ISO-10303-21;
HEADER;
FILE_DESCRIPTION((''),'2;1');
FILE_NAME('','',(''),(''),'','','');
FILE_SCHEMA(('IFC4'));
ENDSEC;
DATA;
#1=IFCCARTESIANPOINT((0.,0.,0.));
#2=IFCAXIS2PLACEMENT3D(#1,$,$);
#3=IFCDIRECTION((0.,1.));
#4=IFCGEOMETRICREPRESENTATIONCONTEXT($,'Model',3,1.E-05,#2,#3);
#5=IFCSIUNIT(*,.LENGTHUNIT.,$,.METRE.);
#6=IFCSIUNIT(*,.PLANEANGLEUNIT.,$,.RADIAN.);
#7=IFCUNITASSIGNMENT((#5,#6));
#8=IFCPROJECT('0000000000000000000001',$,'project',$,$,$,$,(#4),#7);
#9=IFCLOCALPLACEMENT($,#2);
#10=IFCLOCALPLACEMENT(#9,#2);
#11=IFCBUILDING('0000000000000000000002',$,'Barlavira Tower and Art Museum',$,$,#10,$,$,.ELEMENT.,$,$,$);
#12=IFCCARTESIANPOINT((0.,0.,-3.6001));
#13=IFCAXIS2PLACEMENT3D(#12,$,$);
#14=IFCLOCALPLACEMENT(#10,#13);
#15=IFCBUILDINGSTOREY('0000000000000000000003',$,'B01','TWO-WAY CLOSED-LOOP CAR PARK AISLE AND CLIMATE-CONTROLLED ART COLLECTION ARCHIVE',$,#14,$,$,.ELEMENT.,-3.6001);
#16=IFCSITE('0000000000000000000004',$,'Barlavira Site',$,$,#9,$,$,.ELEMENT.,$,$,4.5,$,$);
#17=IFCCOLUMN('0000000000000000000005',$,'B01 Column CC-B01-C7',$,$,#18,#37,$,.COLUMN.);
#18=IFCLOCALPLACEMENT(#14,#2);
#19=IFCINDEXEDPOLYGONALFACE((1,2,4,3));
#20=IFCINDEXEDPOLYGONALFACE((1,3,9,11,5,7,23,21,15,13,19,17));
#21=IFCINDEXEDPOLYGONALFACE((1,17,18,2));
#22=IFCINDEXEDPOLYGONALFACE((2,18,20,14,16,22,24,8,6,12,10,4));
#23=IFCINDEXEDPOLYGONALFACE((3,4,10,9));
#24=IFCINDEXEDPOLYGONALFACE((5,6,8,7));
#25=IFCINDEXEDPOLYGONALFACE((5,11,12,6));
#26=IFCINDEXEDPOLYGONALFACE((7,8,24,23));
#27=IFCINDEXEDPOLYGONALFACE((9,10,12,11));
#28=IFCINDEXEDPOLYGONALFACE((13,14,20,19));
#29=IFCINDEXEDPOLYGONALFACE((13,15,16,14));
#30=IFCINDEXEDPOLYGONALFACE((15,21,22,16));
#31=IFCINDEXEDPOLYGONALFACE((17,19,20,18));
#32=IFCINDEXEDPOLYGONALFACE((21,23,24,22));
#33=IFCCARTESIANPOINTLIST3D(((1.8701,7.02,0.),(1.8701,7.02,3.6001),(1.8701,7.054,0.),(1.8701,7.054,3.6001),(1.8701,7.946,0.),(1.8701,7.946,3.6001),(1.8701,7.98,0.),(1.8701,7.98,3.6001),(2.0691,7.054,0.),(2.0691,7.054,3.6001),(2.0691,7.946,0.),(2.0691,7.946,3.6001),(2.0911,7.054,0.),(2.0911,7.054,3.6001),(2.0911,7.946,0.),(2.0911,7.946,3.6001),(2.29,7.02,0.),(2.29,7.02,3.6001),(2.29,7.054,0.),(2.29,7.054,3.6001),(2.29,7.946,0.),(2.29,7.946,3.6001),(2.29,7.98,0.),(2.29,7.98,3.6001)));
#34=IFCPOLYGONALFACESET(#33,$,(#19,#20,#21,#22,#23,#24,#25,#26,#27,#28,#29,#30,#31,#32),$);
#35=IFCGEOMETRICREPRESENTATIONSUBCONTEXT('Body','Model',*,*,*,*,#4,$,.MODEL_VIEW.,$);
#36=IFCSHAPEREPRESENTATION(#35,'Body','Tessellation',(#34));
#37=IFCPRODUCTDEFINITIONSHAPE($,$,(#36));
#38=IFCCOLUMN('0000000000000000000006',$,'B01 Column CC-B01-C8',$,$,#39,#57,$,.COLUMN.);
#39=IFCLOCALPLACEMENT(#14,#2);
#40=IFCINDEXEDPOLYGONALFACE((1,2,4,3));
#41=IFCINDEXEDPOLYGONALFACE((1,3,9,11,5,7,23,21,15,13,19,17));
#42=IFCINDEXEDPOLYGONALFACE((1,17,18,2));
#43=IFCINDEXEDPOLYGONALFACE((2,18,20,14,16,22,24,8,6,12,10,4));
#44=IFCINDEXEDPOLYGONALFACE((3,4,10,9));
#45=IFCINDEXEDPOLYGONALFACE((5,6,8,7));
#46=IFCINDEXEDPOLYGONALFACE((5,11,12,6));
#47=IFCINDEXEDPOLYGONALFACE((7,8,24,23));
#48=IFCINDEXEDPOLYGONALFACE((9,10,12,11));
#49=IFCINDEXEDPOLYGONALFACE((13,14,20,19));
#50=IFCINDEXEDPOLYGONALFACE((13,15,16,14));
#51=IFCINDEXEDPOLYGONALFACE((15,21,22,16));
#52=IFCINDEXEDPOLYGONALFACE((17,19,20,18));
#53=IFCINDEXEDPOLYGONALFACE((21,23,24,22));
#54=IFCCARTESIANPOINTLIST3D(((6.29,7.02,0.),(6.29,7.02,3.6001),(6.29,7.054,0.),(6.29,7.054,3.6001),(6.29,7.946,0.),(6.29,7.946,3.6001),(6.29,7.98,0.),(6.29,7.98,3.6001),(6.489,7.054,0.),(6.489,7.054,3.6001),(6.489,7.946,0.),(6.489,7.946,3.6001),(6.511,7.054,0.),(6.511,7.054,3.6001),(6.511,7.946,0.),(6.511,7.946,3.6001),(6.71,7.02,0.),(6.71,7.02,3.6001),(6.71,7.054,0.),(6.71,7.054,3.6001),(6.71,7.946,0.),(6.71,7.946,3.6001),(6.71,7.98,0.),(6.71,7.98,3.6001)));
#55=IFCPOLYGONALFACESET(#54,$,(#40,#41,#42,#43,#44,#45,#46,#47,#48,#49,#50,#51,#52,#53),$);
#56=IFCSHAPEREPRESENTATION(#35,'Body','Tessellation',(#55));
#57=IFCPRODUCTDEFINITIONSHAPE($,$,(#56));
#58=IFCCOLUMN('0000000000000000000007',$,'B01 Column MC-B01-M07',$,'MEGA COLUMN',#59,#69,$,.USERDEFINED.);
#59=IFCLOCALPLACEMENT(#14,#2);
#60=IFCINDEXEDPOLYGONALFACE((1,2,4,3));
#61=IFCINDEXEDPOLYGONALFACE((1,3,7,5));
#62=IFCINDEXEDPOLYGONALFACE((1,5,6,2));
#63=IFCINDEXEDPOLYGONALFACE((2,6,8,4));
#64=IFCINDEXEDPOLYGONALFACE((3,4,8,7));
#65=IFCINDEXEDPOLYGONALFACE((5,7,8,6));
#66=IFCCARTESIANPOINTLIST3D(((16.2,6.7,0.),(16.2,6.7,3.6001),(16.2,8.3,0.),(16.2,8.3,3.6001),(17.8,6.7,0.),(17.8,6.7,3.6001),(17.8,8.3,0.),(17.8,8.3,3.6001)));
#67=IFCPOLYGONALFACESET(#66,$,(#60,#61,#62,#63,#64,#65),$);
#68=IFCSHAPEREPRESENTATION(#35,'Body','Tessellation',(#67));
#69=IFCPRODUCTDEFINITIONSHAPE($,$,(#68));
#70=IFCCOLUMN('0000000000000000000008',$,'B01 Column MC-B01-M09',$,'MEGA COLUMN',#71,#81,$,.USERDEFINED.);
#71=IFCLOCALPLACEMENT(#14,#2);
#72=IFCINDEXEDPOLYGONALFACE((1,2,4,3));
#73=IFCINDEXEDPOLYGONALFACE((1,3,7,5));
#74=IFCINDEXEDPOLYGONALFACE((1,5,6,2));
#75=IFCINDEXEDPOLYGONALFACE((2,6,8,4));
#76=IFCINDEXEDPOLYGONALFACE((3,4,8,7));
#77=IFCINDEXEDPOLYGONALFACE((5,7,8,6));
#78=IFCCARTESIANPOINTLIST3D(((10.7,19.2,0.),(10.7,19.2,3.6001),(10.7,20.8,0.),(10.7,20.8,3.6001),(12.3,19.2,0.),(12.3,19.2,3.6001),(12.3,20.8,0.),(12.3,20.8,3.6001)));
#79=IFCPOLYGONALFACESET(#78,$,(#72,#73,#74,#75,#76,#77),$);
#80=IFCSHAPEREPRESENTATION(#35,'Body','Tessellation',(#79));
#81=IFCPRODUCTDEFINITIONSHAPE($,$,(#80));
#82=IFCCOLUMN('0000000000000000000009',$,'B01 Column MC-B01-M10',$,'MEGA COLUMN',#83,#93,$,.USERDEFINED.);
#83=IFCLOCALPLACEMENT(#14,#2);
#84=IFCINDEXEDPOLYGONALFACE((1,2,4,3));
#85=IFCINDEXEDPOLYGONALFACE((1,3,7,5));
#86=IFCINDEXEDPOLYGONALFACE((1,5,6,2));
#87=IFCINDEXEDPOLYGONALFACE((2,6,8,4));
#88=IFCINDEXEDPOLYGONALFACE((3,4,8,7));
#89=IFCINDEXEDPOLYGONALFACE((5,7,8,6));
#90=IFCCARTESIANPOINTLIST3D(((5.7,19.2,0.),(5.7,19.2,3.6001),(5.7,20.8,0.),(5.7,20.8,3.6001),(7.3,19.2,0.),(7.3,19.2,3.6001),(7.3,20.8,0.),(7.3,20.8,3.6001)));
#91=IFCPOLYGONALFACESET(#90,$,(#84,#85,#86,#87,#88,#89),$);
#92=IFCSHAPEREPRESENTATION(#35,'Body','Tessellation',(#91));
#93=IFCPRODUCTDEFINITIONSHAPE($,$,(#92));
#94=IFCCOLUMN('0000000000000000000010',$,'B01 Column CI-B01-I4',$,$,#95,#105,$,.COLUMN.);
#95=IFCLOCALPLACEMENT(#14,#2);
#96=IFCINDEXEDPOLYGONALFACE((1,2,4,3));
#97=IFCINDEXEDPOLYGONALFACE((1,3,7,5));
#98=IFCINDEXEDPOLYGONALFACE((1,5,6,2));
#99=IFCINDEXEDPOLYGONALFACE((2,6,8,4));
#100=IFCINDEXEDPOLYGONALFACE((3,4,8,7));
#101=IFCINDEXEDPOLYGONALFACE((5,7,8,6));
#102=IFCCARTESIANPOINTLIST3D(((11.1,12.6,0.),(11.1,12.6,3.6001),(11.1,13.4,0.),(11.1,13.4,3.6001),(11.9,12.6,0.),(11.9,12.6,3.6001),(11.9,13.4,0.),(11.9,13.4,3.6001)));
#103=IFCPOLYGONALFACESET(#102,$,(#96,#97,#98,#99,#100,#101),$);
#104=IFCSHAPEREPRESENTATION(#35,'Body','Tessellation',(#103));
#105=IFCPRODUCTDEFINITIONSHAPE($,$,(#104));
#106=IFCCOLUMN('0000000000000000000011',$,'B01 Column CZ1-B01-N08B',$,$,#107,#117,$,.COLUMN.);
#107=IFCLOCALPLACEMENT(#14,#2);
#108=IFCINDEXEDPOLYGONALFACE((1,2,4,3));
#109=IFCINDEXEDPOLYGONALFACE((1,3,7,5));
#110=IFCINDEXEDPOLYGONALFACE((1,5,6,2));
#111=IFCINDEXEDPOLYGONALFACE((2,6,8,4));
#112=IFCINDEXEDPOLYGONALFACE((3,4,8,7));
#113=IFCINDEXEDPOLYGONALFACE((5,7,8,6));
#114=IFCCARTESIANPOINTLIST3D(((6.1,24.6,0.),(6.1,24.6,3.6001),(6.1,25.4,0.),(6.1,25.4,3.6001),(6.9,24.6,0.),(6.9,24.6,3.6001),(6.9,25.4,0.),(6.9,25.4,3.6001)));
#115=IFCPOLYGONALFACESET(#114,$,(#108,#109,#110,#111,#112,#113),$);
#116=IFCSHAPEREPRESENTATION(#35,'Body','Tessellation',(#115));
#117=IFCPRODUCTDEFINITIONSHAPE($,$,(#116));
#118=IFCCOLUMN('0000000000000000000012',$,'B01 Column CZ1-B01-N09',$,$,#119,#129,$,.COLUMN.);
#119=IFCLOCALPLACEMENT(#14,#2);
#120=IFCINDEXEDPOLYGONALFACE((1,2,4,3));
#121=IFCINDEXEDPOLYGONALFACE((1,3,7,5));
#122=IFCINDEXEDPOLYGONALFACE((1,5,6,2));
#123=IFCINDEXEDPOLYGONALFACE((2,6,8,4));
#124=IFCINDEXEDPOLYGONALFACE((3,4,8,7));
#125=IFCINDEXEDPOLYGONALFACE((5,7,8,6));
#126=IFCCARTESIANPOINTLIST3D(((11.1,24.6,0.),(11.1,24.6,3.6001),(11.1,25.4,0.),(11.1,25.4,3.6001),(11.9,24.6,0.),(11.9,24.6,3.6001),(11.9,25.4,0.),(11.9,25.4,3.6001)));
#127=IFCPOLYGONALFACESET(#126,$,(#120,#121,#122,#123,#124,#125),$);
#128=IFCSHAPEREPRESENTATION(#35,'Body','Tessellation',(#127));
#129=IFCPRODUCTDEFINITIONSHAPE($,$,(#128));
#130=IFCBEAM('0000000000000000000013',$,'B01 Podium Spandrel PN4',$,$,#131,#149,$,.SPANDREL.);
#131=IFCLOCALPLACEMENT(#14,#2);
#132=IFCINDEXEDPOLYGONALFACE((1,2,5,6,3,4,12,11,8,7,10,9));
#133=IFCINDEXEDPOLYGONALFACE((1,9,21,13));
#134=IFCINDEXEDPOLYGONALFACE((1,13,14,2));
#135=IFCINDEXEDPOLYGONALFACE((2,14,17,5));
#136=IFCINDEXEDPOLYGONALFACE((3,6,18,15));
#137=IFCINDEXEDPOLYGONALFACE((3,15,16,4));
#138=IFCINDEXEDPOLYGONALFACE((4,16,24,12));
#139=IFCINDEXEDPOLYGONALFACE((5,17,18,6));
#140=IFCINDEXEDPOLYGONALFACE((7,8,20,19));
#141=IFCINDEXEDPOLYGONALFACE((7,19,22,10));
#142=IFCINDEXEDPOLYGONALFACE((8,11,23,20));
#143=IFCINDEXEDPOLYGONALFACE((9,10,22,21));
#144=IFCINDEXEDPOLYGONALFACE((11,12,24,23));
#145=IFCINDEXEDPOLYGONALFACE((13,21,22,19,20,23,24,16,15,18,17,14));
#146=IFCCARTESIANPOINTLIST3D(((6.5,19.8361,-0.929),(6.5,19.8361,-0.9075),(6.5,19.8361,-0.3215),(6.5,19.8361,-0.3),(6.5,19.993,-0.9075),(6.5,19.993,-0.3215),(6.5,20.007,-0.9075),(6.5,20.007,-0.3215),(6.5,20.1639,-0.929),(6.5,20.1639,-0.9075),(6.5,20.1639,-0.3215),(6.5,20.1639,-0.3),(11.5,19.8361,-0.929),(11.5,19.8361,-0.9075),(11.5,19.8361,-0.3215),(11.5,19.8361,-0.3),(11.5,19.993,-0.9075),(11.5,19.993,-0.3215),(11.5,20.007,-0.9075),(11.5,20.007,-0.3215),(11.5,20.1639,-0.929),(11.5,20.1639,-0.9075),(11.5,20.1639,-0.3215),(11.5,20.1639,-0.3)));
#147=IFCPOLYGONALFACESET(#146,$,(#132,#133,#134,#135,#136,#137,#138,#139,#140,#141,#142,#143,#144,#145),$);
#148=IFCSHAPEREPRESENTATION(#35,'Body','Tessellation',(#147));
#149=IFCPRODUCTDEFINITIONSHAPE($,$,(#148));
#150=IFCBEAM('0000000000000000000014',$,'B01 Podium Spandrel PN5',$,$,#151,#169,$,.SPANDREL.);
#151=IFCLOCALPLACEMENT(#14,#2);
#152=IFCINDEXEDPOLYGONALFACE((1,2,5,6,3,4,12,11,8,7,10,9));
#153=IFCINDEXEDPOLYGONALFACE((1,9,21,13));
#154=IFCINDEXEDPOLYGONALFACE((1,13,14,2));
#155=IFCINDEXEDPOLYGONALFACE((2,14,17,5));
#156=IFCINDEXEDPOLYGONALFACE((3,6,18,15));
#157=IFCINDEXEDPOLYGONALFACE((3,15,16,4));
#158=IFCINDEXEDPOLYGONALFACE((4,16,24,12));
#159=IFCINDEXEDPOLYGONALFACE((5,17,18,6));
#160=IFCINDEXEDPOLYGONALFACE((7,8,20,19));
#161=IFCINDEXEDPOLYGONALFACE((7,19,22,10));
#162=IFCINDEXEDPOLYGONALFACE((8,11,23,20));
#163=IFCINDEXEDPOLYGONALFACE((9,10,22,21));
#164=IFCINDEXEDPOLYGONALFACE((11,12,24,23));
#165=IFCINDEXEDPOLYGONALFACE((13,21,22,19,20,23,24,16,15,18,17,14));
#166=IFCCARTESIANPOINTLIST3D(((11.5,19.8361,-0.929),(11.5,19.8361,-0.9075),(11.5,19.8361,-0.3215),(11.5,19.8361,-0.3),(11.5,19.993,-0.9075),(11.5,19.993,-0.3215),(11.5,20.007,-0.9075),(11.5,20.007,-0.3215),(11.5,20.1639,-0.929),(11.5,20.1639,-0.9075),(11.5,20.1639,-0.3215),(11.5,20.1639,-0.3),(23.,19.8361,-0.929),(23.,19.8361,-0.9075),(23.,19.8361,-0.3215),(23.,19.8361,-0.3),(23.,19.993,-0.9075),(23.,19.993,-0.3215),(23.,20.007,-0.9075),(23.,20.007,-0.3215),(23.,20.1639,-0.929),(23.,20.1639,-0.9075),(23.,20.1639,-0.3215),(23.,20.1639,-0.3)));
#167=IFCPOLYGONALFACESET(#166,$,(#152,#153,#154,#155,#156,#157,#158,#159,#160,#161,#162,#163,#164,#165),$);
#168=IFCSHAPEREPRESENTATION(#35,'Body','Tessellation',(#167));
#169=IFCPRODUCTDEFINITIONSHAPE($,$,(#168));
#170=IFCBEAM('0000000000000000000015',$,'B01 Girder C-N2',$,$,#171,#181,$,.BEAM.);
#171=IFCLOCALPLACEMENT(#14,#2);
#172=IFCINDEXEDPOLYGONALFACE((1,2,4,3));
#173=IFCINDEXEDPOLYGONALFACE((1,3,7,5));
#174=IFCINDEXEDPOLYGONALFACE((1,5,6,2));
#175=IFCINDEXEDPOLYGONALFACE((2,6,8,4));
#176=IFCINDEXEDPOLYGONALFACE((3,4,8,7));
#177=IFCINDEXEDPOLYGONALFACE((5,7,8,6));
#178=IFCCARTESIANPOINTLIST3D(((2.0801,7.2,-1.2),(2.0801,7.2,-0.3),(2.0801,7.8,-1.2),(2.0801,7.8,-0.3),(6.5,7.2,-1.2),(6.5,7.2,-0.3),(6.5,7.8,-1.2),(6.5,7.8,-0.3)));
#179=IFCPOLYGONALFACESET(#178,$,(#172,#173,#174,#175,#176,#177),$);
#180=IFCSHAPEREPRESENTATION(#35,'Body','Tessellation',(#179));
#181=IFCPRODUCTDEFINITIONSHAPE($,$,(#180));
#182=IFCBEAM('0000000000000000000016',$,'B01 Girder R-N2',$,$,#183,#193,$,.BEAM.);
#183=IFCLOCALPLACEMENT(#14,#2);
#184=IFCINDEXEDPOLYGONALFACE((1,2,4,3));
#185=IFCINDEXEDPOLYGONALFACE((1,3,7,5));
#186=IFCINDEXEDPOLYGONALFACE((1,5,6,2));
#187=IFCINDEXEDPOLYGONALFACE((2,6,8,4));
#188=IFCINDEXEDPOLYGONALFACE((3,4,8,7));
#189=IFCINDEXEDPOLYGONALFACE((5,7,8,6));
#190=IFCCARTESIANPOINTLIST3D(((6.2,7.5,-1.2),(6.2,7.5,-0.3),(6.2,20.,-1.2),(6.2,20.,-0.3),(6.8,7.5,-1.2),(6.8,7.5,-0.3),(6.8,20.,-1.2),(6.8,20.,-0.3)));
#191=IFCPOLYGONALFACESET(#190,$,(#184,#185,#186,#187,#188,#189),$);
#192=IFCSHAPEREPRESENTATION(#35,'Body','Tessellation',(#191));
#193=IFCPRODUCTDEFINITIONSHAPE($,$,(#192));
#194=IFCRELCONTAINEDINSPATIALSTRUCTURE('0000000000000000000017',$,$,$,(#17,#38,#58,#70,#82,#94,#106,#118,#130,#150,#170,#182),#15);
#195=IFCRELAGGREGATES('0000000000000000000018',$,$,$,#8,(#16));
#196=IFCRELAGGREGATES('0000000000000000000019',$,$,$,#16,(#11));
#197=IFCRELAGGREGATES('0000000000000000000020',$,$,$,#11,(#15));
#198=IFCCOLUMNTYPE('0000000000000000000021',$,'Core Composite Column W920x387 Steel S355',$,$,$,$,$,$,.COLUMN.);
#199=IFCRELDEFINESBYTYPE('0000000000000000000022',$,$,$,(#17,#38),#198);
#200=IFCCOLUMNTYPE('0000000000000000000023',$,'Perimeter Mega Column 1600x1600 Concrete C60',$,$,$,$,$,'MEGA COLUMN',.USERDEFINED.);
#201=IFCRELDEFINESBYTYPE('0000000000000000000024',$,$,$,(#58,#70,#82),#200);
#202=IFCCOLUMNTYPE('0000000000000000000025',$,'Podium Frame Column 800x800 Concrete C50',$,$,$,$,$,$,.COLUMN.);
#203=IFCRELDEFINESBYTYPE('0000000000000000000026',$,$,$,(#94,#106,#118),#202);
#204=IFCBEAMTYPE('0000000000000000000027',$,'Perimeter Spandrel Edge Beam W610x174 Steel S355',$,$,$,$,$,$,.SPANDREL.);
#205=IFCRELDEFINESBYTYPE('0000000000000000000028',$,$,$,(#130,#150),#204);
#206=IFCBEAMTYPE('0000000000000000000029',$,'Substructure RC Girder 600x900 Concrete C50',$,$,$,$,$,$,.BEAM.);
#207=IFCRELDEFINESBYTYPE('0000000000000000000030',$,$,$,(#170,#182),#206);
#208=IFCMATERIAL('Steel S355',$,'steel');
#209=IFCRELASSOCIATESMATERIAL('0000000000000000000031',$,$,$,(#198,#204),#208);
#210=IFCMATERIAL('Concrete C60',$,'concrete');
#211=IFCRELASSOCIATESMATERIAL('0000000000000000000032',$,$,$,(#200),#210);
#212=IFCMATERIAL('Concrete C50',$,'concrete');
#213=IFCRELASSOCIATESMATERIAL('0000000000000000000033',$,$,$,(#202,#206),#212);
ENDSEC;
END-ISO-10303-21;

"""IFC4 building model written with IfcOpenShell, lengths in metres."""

from ifc_helpers import new_model, si_unit, direction, frame, origin, origin_2d, place, context, subcontext, project, spatial, rectangle, i_section, extrude, material, material_profile, profile_set, type_object, element, save


model = new_model("IFC4")

# Units and contexts
model_context = context("Model", 3, precision=1e-05, world=origin(), true_north=direction((0.0, 1.0)))
body_context = subcontext(model_context, "Body", "Model", "MODEL_VIEW")
ifc_project = project(units=[si_unit("LENGTHUNIT", "METRE"), si_unit("PLANEANGLEUNIT", "RADIAN")], contexts=[model_context])

# Site, building, storey
site_placement = place(None, origin())
site = spatial("IfcSite", under=ifc_project, at=site_placement, Name="Barlavira Site", CompositionType="ELEMENT", RefElevation=4.5)
building_placement = place(site_placement, origin())
building = spatial("IfcBuilding", under=site, at=building_placement, Name="Barlavira Tower and Art Museum", CompositionType="ELEMENT")
storey_placement = place(building_placement, frame((0.0, 0.0, -3.6001)))
storey = spatial("IfcBuildingStorey", under=building, at=storey_placement, Name="B01", Description="TWO-WAY CLOSED-LOOP CAR PARK AISLE AND CLIMATE-CONTROLLED ART COLLECTION ARCHIVE", CompositionType="ELEMENT", Elevation=-3.6001)

# Columns
ifc_material_1 = material(Name="Steel S355", Category="steel")
ifc_material_profile_1 = material_profile(ifc_material_1, i_section(OverallWidth=0.4199, OverallDepth=0.96, WebThickness=0.022, FlangeThickness=0.0339, at=origin_2d()), Name="W920x387.0")
ifc_profile_set_1 = profile_set([ifc_material_profile_1], Name="Steel S355")
column_type_1 = type_object("IfcColumnType", Name="Core Composite Column W920x387 Steel S355", PredefinedType="COLUMN", material=ifc_profile_set_1)
for number, where, z_axis, x_axis, name in (
    (1, (2.0801, 7.5, 0.0), (0.0, 0.0, 1.0), (1.0, 0.0, 0.0), "B01 Column CC-B01-C7"),
    (2, (6.5, 7.5, 0.0), (0.0, 0.0, 1.0), (1.0, 0.0, 0.0), "B01 Column CC-B01-C8"),
):
    element("IfcColumn", number, at=place(storey_placement, frame(where, z_axis=z_axis, x_axis=x_axis)), inside=storey, type_object=column_type_1, Name=name, PredefinedType="COLUMN", context=body_context, shape_type="SweptSolid", body=[
        extrude(i_section(OverallWidth=0.4199, OverallDepth=0.96, WebThickness=0.022, FlangeThickness=0.0339, at=origin_2d()), origin(), (0.0, 0.0, 1.0), 3.6001),
    ])
ifc_material_2 = material(Name="Concrete C60", Category="concrete")
ifc_material_profile_2 = material_profile(ifc_material_2, rectangle(XDim=1.6001, YDim=1.6001, at=origin_2d()), Name="RC-MCOL 1600x1600")
ifc_profile_set_2 = profile_set([ifc_material_profile_2], Name="Concrete C60")
column_type_2 = type_object("IfcColumnType", Name="Perimeter Mega Column 1600x1600 Concrete C60", ElementType="MEGA COLUMN", PredefinedType="USERDEFINED", material=ifc_profile_set_2)
for number, where, z_axis, x_axis, name in (
    (3, (17.0, 7.5, 0.0), (0.0, 0.0, 1.0), (1.0, 0.0, 0.0), "B01 Column MC-B01-M07"),
    (4, (11.5, 20.0, 0.0), (0.0, 0.0, 1.0), (1.0, 0.0, 0.0), "B01 Column MC-B01-M09"),
    (5, (6.5, 20.0, 0.0), (0.0, 0.0, 1.0), (1.0, 0.0, 0.0), "B01 Column MC-B01-M10"),
):
    element("IfcColumn", number, at=place(storey_placement, frame(where, z_axis=z_axis, x_axis=x_axis)), inside=storey, type_object=column_type_2, Name=name, ObjectType="MEGA COLUMN", PredefinedType="USERDEFINED", context=body_context, shape_type="SweptSolid", body=[
        extrude(rectangle(XDim=1.6001, YDim=1.6001, at=origin_2d()), origin(), (0.0, 0.0, 1.0), 3.6001),
    ])
ifc_material_3 = material(Name="Concrete C50", Category="concrete")
ifc_material_profile_3 = material_profile(ifc_material_3, rectangle(XDim=0.8, YDim=0.8, at=origin_2d()), Name="RC-COL 800x800")
ifc_profile_set_3 = profile_set([ifc_material_profile_3], Name="Concrete C50")
column_type_3 = type_object("IfcColumnType", Name="Podium Frame Column 800x800 Concrete C50", PredefinedType="COLUMN", material=ifc_profile_set_3)
for number, where, z_axis, x_axis, name in (
    (6, (11.5, 13.0, 0.0), (0.0, 0.0, 1.0), (1.0, 0.0, 0.0), "B01 Column CI-B01-I4"),
    (7, (6.5, 25.0, 0.0), (0.0, 0.0, 1.0), (1.0, 0.0, 0.0), "B01 Column CZ1-B01-N08B"),
    (8, (11.5, 25.0, 0.0), (0.0, 0.0, 1.0), (1.0, 0.0, 0.0), "B01 Column CZ1-B01-N09"),
):
    element("IfcColumn", number, at=place(storey_placement, frame(where, z_axis=z_axis, x_axis=x_axis)), inside=storey, type_object=column_type_3, Name=name, PredefinedType="COLUMN", context=body_context, shape_type="SweptSolid", body=[
        extrude(rectangle(XDim=0.8, YDim=0.8, at=origin_2d()), origin(), (0.0, 0.0, 1.0), 3.6001),
    ])

# Beams
ifc_material_profile_4 = material_profile(ifc_material_1, i_section(OverallWidth=0.3279, OverallDepth=0.6289, WebThickness=0.0139, FlangeThickness=0.0215, at=origin_2d()), Name="W610x174.0")
ifc_profile_set_4 = profile_set([ifc_material_profile_4], Name="Steel S355")
beam_type_1 = type_object("IfcBeamType", Name="Perimeter Spandrel Edge Beam W610x174 Steel S355", PredefinedType="SPANDREL", material=ifc_profile_set_4)
beam_1_placement = place(storey_placement, frame((6.5, 20.0, -0.6145), z_axis=(1.0, 0.0, 0.0), x_axis=(0.0, 1.0, 0.0)))
element("IfcBeam", 9, at=beam_1_placement, inside=storey, type_object=beam_type_1, Name="B01 Podium Spandrel PN4", PredefinedType="SPANDREL", context=body_context, shape_type="SweptSolid", body=[
    extrude(i_section(OverallWidth=0.3279, OverallDepth=0.6289, WebThickness=0.0139, FlangeThickness=0.0215, at=origin_2d()), origin(), (0.0, 0.0, 1.0), 5.0),
])
beam_2_placement = place(storey_placement, frame((11.5, 20.0, -0.6145), z_axis=(1.0, 0.0, 0.0), x_axis=(0.0, 1.0, 0.0)))
element("IfcBeam", 10, at=beam_2_placement, inside=storey, type_object=beam_type_1, Name="B01 Podium Spandrel PN5", PredefinedType="SPANDREL", context=body_context, shape_type="SweptSolid", body=[
    extrude(i_section(OverallWidth=0.3279, OverallDepth=0.6289, WebThickness=0.0139, FlangeThickness=0.0215, at=origin_2d()), origin(), (0.0, 0.0, 1.0), 11.5),
])
ifc_material_profile_5 = material_profile(ifc_material_3, rectangle(XDim=0.6001, YDim=0.8999, at=origin_2d()), Name="RC-BM 600x900")
ifc_profile_set_5 = profile_set([ifc_material_profile_5], Name="Concrete C50")
beam_type_2 = type_object("IfcBeamType", Name="Substructure RC Girder 600x900 Concrete C50", PredefinedType="BEAM", material=ifc_profile_set_5)
beam_3_placement = place(storey_placement, frame((2.0801, 7.5, -0.75), z_axis=(1.0, 0.0, 0.0), x_axis=(0.0, 1.0, 0.0)))
element("IfcBeam", 11, at=beam_3_placement, inside=storey, type_object=beam_type_2, Name="B01 Girder C-N2", PredefinedType="BEAM", context=body_context, shape_type="SweptSolid", body=[
    extrude(rectangle(XDim=0.6001, YDim=0.8999, at=origin_2d()), origin(), (0.0, 0.0, 1.0), 4.4199),
])
beam_4_placement = place(storey_placement, frame((6.5, 7.5, -0.75), z_axis=(0.0, 1.0, 0.0), x_axis=(-1.0, 0.0, 0.0)))
element("IfcBeam", 12, at=beam_4_placement, inside=storey, type_object=beam_type_2, Name="B01 Girder R-N2", PredefinedType="BEAM", context=body_context, shape_type="SweptSolid", body=[
    extrude(rectangle(XDim=0.6001, YDim=0.8999, at=origin_2d()), origin(), (0.0, 0.0, 1.0), 12.5),
])

save(model, "model.ifc")
